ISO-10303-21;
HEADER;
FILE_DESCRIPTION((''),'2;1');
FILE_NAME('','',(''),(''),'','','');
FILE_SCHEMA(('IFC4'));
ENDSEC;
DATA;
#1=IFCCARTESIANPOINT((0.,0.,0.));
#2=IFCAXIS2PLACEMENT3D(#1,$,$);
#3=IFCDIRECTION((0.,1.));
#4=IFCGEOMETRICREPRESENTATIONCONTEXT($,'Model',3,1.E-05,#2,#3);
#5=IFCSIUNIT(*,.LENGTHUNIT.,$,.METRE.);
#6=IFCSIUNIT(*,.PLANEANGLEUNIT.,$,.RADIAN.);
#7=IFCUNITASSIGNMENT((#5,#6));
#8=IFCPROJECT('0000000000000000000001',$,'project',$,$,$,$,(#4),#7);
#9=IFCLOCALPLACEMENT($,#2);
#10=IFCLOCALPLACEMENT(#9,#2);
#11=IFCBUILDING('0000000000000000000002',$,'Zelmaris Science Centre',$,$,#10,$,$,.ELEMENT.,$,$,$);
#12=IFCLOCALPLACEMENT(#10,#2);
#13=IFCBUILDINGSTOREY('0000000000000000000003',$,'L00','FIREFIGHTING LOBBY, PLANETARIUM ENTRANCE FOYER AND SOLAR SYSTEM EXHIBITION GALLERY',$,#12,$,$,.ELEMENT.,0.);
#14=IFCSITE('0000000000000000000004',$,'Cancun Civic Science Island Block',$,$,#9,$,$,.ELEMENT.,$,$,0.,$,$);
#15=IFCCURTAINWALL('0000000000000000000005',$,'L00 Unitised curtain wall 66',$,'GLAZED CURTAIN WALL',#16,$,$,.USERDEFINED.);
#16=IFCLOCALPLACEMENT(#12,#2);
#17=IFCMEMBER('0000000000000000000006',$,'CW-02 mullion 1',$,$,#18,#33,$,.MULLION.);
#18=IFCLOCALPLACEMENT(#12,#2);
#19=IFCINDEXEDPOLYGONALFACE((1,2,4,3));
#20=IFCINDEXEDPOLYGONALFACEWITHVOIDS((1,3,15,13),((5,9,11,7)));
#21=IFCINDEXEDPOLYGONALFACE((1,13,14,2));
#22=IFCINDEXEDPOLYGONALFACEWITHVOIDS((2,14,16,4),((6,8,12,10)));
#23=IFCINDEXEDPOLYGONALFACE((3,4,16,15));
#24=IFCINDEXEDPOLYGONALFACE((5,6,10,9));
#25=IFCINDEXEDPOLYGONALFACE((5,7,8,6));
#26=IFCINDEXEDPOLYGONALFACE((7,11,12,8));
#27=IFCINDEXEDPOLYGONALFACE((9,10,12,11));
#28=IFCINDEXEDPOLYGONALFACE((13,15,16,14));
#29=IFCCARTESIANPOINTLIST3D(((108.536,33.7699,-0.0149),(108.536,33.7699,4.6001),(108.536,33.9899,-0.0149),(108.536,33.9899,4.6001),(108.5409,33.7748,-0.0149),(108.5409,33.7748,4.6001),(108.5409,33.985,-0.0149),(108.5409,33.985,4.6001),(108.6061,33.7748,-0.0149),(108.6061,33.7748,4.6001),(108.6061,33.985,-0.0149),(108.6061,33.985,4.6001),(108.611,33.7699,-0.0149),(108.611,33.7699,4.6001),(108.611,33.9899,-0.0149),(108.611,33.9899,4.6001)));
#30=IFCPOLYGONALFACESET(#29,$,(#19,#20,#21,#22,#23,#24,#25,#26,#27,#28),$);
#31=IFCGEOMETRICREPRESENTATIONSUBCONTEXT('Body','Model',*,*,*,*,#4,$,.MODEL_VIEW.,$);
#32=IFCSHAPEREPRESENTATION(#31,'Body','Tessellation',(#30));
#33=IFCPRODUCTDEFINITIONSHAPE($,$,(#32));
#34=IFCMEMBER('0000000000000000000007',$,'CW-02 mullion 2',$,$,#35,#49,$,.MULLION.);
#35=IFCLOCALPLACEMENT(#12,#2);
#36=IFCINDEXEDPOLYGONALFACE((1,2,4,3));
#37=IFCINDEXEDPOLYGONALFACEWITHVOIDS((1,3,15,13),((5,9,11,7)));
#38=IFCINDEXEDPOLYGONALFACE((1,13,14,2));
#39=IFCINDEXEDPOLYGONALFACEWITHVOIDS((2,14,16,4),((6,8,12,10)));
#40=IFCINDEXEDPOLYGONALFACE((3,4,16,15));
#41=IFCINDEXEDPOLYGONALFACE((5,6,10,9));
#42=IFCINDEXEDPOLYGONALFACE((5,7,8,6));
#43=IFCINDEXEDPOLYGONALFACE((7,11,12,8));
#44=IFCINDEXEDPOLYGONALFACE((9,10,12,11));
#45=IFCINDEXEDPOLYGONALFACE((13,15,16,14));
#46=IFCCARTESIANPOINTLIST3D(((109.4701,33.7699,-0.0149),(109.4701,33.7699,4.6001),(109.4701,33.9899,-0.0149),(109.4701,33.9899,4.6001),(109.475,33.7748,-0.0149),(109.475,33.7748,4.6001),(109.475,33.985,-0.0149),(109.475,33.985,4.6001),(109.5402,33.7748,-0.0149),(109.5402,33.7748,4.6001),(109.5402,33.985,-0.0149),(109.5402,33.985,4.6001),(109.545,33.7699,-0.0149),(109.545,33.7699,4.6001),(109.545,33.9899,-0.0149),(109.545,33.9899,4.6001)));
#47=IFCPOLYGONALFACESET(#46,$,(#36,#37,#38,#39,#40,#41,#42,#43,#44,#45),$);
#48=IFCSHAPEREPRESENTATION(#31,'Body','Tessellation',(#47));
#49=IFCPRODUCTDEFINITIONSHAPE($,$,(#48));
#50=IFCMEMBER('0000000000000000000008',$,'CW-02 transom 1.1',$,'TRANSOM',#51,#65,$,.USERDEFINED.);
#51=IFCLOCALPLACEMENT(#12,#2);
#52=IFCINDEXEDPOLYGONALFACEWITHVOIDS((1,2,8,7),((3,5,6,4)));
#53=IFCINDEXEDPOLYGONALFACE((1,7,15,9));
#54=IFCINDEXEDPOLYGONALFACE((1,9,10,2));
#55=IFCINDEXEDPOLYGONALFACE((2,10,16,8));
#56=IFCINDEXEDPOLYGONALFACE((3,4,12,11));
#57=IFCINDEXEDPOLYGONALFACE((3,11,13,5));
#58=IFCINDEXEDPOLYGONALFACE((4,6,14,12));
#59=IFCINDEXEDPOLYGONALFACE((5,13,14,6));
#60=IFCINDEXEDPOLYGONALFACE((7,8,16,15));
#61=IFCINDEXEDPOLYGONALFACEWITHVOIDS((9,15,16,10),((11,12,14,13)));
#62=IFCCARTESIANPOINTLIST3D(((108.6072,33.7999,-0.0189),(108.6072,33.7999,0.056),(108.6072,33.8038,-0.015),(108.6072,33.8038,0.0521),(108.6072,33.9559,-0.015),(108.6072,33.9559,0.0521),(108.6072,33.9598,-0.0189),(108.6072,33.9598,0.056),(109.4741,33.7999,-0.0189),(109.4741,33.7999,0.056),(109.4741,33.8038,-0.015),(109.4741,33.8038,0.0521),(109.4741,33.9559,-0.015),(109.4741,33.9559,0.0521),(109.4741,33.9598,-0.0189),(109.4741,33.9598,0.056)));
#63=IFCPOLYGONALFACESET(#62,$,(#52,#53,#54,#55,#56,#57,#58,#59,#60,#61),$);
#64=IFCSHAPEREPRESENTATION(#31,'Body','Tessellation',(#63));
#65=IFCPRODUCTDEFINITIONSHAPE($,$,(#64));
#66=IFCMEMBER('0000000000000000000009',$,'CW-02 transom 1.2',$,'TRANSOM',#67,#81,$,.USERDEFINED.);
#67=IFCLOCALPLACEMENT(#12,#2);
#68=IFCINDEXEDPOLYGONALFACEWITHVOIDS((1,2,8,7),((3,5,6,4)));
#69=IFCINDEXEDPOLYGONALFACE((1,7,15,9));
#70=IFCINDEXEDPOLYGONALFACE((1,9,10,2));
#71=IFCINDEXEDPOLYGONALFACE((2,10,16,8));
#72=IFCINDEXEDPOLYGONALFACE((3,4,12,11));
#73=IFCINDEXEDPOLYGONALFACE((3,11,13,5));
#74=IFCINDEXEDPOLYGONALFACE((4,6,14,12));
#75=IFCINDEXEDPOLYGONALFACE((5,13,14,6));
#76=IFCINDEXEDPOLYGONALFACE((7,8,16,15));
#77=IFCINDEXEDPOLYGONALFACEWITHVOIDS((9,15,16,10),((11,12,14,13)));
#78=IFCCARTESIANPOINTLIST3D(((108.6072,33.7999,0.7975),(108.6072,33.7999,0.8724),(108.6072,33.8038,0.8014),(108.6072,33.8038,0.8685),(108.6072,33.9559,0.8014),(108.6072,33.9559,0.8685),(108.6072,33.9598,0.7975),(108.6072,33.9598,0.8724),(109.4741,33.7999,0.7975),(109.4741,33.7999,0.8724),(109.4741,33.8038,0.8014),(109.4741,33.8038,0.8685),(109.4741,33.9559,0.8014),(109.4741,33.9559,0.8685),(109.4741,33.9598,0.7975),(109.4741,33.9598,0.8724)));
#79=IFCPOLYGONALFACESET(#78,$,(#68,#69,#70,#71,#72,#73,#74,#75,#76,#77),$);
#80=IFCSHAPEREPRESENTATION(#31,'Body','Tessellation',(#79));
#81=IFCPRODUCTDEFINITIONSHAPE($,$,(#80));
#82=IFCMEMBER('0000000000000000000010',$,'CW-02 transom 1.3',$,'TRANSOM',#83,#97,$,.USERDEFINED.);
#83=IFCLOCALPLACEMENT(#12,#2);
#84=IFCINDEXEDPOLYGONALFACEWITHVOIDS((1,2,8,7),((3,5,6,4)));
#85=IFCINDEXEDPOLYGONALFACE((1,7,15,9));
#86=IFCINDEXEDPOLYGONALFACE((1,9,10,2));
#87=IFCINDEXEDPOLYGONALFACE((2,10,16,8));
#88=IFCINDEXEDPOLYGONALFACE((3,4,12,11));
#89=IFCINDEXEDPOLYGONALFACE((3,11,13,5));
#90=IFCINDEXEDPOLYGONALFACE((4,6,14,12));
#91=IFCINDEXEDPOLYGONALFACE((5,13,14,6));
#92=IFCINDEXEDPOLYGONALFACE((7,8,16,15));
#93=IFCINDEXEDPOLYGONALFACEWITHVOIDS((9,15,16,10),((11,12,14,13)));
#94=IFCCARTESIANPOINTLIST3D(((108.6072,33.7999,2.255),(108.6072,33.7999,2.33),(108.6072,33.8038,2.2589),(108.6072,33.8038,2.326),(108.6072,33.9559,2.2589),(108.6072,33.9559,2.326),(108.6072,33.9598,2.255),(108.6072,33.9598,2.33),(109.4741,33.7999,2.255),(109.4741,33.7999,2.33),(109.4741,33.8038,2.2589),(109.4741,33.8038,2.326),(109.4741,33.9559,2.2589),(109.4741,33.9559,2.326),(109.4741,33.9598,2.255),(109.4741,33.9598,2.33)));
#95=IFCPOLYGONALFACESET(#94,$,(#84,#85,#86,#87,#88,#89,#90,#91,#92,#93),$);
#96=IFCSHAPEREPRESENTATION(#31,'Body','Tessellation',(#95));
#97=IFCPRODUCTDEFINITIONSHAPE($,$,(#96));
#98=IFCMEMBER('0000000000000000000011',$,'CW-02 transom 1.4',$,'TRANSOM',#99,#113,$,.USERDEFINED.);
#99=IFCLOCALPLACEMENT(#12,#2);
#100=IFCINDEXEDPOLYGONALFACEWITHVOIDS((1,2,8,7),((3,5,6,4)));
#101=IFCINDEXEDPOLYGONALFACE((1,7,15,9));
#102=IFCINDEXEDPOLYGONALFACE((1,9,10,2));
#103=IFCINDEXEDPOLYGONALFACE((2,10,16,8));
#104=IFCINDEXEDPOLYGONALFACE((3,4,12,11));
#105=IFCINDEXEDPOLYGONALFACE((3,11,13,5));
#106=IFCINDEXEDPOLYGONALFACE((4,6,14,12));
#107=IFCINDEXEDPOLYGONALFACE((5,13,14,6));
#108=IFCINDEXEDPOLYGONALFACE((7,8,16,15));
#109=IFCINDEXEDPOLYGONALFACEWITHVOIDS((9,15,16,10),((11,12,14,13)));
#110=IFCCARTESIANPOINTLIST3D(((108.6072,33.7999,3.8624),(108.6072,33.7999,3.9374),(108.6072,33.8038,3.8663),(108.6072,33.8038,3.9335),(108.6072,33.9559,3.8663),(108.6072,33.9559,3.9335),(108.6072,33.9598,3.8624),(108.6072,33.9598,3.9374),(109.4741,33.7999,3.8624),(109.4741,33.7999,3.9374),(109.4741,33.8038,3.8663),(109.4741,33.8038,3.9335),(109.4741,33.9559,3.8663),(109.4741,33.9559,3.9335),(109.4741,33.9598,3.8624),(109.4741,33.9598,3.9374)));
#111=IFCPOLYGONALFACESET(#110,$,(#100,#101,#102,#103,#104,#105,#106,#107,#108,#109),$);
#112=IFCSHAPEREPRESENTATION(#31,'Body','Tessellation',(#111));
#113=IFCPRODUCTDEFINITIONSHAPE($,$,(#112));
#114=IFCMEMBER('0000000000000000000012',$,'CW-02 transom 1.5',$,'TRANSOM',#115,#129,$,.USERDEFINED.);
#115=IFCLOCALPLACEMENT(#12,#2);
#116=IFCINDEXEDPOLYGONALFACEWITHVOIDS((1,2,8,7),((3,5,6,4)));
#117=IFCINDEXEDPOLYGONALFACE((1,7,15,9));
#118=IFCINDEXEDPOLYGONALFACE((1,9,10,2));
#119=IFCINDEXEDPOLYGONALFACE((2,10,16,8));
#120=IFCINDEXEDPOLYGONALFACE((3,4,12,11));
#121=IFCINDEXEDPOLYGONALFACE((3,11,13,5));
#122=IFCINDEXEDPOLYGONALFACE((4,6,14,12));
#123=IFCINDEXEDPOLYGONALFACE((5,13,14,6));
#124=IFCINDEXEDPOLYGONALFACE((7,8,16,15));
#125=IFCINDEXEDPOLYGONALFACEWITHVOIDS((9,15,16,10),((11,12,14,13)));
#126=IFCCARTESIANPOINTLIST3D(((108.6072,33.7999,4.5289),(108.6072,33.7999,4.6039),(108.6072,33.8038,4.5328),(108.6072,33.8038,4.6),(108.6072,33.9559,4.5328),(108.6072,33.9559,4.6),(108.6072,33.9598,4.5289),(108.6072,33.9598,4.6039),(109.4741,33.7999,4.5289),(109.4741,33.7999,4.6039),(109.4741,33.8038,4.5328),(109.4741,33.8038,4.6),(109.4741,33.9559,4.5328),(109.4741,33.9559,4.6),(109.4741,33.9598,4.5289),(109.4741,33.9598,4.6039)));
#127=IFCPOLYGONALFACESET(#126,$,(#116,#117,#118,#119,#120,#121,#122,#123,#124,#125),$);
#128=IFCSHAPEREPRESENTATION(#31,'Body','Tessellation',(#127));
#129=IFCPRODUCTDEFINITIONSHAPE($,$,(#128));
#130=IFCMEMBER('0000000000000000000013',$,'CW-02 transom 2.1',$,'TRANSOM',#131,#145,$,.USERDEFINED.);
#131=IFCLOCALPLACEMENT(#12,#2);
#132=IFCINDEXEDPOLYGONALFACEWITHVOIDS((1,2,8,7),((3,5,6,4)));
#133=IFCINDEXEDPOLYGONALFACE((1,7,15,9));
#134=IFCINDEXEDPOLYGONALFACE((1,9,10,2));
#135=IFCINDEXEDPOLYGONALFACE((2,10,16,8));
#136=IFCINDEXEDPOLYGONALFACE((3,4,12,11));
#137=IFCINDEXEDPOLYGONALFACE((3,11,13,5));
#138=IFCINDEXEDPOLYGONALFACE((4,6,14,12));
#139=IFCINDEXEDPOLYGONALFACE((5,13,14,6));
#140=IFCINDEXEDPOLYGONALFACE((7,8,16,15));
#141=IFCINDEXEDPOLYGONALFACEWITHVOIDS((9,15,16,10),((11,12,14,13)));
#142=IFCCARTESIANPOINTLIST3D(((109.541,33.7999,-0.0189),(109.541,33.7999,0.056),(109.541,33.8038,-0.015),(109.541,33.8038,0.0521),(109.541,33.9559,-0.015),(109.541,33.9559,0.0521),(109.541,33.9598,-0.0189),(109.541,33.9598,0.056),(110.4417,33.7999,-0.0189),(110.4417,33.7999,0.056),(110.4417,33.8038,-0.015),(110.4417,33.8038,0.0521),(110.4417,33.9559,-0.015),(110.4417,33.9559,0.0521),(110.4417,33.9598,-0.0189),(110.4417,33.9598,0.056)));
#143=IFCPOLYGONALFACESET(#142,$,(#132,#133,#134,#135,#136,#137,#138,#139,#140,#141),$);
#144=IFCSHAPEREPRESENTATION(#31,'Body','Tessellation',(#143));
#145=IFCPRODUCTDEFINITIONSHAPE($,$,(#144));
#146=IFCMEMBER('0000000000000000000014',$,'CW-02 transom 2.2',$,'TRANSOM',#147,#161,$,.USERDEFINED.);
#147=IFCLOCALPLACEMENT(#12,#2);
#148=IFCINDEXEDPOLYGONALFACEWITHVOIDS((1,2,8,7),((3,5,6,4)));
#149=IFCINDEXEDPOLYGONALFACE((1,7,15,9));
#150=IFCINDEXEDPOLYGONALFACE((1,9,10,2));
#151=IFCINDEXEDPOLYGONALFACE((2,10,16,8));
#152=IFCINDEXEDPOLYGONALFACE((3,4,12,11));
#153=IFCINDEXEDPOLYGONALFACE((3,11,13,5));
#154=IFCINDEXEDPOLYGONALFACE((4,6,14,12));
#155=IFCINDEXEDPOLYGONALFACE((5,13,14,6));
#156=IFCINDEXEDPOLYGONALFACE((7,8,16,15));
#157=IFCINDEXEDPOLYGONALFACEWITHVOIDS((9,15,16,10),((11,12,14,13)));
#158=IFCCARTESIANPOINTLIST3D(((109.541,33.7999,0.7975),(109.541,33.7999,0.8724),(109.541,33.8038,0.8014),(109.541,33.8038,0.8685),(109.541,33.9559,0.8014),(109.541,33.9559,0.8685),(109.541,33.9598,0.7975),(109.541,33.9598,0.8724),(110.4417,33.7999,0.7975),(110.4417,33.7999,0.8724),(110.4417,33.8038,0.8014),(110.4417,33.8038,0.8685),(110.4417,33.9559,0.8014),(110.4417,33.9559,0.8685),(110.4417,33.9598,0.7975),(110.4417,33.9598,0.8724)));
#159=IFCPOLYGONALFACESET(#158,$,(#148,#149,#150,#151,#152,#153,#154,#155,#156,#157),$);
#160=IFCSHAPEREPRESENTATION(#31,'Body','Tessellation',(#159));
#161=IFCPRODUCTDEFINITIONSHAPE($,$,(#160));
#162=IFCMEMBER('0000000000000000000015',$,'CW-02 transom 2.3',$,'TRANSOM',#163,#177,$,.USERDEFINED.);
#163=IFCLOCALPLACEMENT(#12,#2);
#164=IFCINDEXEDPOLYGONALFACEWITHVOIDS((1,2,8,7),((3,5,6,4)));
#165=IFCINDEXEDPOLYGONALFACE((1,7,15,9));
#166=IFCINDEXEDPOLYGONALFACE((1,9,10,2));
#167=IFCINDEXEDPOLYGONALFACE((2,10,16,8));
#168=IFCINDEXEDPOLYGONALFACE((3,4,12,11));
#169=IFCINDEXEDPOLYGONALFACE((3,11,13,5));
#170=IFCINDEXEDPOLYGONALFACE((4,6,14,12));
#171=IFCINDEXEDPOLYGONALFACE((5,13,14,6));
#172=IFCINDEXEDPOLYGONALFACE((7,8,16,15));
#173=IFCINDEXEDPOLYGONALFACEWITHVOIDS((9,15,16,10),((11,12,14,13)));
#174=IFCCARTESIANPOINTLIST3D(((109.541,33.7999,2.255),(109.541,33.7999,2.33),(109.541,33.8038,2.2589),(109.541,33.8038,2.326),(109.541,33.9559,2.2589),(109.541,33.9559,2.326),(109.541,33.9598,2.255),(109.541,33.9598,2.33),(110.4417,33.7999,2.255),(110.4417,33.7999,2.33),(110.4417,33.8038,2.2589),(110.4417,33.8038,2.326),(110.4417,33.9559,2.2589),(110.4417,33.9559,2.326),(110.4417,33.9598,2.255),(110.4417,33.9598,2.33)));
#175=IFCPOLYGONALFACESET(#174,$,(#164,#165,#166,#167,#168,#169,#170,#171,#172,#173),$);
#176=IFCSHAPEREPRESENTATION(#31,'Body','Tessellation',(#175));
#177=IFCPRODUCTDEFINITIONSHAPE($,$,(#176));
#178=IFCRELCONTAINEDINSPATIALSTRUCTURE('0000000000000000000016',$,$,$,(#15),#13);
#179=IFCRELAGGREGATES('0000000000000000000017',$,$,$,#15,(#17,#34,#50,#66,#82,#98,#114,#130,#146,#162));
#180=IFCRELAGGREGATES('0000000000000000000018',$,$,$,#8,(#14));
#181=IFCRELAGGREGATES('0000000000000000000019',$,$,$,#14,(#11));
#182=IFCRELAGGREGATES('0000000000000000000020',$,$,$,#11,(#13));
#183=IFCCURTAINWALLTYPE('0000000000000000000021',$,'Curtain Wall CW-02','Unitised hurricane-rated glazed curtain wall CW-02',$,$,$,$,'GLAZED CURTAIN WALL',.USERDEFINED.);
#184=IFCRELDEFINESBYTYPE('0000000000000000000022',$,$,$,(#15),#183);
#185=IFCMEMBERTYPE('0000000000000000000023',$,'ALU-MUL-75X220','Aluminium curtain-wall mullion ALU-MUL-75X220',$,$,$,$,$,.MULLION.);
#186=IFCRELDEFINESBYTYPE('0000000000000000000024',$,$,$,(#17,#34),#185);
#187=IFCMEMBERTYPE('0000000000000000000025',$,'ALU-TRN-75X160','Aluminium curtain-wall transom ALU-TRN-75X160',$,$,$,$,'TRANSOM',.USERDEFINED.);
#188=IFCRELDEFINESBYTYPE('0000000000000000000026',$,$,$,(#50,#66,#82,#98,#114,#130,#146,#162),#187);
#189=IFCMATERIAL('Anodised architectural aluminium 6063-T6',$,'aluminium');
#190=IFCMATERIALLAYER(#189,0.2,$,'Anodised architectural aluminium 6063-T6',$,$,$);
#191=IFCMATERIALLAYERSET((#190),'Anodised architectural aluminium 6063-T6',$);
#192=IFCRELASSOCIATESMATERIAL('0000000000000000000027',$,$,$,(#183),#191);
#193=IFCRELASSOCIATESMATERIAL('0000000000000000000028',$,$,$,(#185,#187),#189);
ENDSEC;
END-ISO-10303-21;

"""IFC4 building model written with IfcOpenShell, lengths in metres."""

from ifc_helpers import new_model, si_unit, direction, frame, origin, origin_2d, place, context, subcontext, project, spatial, hollow_rectangle, extrude, material, layer, layer_set, material_profile, profile_set, type_object, element, aggregate, save


model = new_model("IFC4")

# Units and contexts
model_context = context("Model", 3, precision=1e-05, world=origin(), true_north=direction((0.0, 1.0)))
body_context = subcontext(model_context, "Body", "Model", "MODEL_VIEW")
ifc_project = project(units=[si_unit("LENGTHUNIT", "METRE"), si_unit("PLANEANGLEUNIT", "RADIAN")], contexts=[model_context])

# Site, building, storey
site_placement = place(None, origin())
site = spatial("IfcSite", under=ifc_project, at=site_placement, Name="Cancun Civic Science Island Block", CompositionType="ELEMENT", RefElevation=0.0)
building_placement = place(site_placement, origin())
building = spatial("IfcBuilding", under=site, at=building_placement, Name="Zelmaris Science Centre", CompositionType="ELEMENT")
storey_placement = place(building_placement, origin())
storey = spatial("IfcBuildingStorey", under=building, at=storey_placement, Name="L00", Description="FIREFIGHTING LOBBY, PLANETARIUM ENTRANCE FOYER AND SOLAR SYSTEM EXHIBITION GALLERY", CompositionType="ELEMENT", Elevation=0.0)

# Curtain wall, members
ifc_material_1 = material(Name="Anodised architectural aluminium 6063-T6", Category="aluminium")
ifc_layer_1 = layer(ifc_material_1, 0.2, Name="Anodised architectural aluminium 6063-T6")
ifc_layer_set_1 = layer_set([ifc_layer_1], Name="Anodised architectural aluminium 6063-T6")
curtain_wall_type = type_object("IfcCurtainWallType", Name="Curtain Wall CW-02", Description="Unitised hurricane-rated glazed curtain wall CW-02", ElementType="GLAZED CURTAIN WALL", PredefinedType="USERDEFINED", material=ifc_layer_set_1)
curtain_wall_placement = place(storey_placement, origin())
curtain_wall = element("IfcCurtainWall", 1, at=curtain_wall_placement, inside=storey, type_object=curtain_wall_type, Name="L00 Unitised curtain wall 66", ObjectType="GLAZED CURTAIN WALL", PredefinedType="USERDEFINED")
ifc_material_profile_1 = material_profile(ifc_material_1, hollow_rectangle(XDim=0.075, YDim=0.22, WallThickness=0.0049, at=origin_2d()), Name="ALU-MUL-75X220")
ifc_profile_set_1 = profile_set([ifc_material_profile_1], Name="Anodised architectural aluminium 6063-T6")
member_type_1 = type_object("IfcMemberType", Name="ALU-MUL-75X220", Description="Aluminium curtain-wall mullion ALU-MUL-75X220", PredefinedType="MULLION", material=ifc_profile_set_1)
member_1_placement = place(storey_placement, frame((108.5735, 33.8799, -0.0149), z_axis=(0.0, 0.0, 1.0), x_axis=(1.0, 0.000007, 0.0)))
member_1 = element("IfcMember", 2, at=member_1_placement, type_object=member_type_1, Name="CW-02 mullion 1", PredefinedType="MULLION", context=body_context, shape_type="SweptSolid", body=[
    extrude(hollow_rectangle(XDim=0.075, YDim=0.22, WallThickness=0.0049, at=origin_2d()), origin(), (0.0, 0.0, 1.0), 4.615),
])
member_2_placement = place(storey_placement, frame((109.5076, 33.8799, -0.0149), z_axis=(0.0, 0.0, 1.0), x_axis=(1.0, 0.000007, 0.0)))
member_2 = element("IfcMember", 3, at=member_2_placement, type_object=member_type_1, Name="CW-02 mullion 2", PredefinedType="MULLION", context=body_context, shape_type="SweptSolid", body=[
    extrude(hollow_rectangle(XDim=0.075, YDim=0.22, WallThickness=0.0049, at=origin_2d()), origin(), (0.0, 0.0, 1.0), 4.615),
])
ifc_material_profile_2 = material_profile(ifc_material_1, hollow_rectangle(XDim=0.075, YDim=0.1599, WallThickness=0.0039, at=origin_2d()), Name="ALU-TRN-75X160")
ifc_profile_set_2 = profile_set([ifc_material_profile_2], Name="Anodised architectural aluminium 6063-T6")
member_type_2 = type_object("IfcMemberType", Name="ALU-TRN-75X160", Description="Aluminium curtain-wall transom ALU-TRN-75X160", ElementType="TRANSOM", PredefinedType="USERDEFINED", material=ifc_profile_set_2)
member_3_placement = place(storey_placement, frame((108.6072, 33.8799, 0.0186), z_axis=(1.0, 0.0, 0.0), x_axis=(0.0, 0.0, 1.0)))
member_3 = element("IfcMember", 4, at=member_3_placement, type_object=member_type_2, Name="CW-02 transom 1.1", ObjectType="TRANSOM", PredefinedType="USERDEFINED", context=body_context, shape_type="SweptSolid", body=[
    extrude(hollow_rectangle(XDim=0.075, YDim=0.1599, WallThickness=0.0039, at=origin_2d()), origin(), (0.0, 0.0, 1.0), 0.8669),
])
member_4_placement = place(storey_placement, frame((108.6072, 33.8799, 0.835), z_axis=(1.0, 0.0, 0.0), x_axis=(0.0, 0.0, 1.0)))
member_4 = element("IfcMember", 5, at=member_4_placement, type_object=member_type_2, Name="CW-02 transom 1.2", ObjectType="TRANSOM", PredefinedType="USERDEFINED", context=body_context, shape_type="SweptSolid", body=[
    extrude(hollow_rectangle(XDim=0.075, YDim=0.1599, WallThickness=0.0039, at=origin_2d()), origin(), (0.0, 0.0, 1.0), 0.8669),
])
member_5_placement = place(storey_placement, frame((108.6072, 33.8799, 2.2925), z_axis=(1.0, 0.0, 0.0), x_axis=(0.0, 0.0, 1.0)))
member_5 = element("IfcMember", 6, at=member_5_placement, type_object=member_type_2, Name="CW-02 transom 1.3", ObjectType="TRANSOM", PredefinedType="USERDEFINED", context=body_context, shape_type="SweptSolid", body=[
    extrude(hollow_rectangle(XDim=0.075, YDim=0.1599, WallThickness=0.0039, at=origin_2d()), origin(), (0.0, 0.0, 1.0), 0.8669),
])
member_6_placement = place(storey_placement, frame((108.6072, 33.8799, 3.8999), z_axis=(1.0, 0.0, 0.0), x_axis=(0.0, 0.0, 1.0)))
member_6 = element("IfcMember", 7, at=member_6_placement, type_object=member_type_2, Name="CW-02 transom 1.4", ObjectType="TRANSOM", PredefinedType="USERDEFINED", context=body_context, shape_type="SweptSolid", body=[
    extrude(hollow_rectangle(XDim=0.075, YDim=0.1599, WallThickness=0.0039, at=origin_2d()), origin(), (0.0, 0.0, 1.0), 0.8669),
])
member_7_placement = place(storey_placement, frame((108.6072, 33.8799, 4.5664), z_axis=(1.0, 0.0, 0.0), x_axis=(0.0, 0.0, 1.0)))
member_7 = element("IfcMember", 8, at=member_7_placement, type_object=member_type_2, Name="CW-02 transom 1.5", ObjectType="TRANSOM", PredefinedType="USERDEFINED", context=body_context, shape_type="SweptSolid", body=[
    extrude(hollow_rectangle(XDim=0.075, YDim=0.1599, WallThickness=0.0039, at=origin_2d()), origin(), (0.0, 0.0, 1.0), 0.8669),
])
member_8_placement = place(storey_placement, frame((109.541, 33.8799, 0.0186), z_axis=(1.0, 0.0, 0.0), x_axis=(0.0, 0.0, 1.0)))
member_8 = element("IfcMember", 9, at=member_8_placement, type_object=member_type_2, Name="CW-02 transom 2.1", ObjectType="TRANSOM", PredefinedType="USERDEFINED", context=body_context, shape_type="SweptSolid", body=[
    extrude(hollow_rectangle(XDim=0.075, YDim=0.1599, WallThickness=0.0039, at=origin_2d()), origin(), (0.0, 0.0, 1.0), 0.9006),
])
member_9_placement = place(storey_placement, frame((109.541, 33.8799, 0.835), z_axis=(1.0, 0.0, 0.0), x_axis=(0.0, 0.0, 1.0)))
member_9 = element("IfcMember", 10, at=member_9_placement, type_object=member_type_2, Name="CW-02 transom 2.2", ObjectType="TRANSOM", PredefinedType="USERDEFINED", context=body_context, shape_type="SweptSolid", body=[
    extrude(hollow_rectangle(XDim=0.075, YDim=0.1599, WallThickness=0.0039, at=origin_2d()), origin(), (0.0, 0.0, 1.0), 0.9006),
])
member_10_placement = place(storey_placement, frame((109.541, 33.8799, 2.2925), z_axis=(1.0, 0.0, 0.0), x_axis=(0.0, 0.0, 1.0)))
member_10 = element("IfcMember", 11, at=member_10_placement, type_object=member_type_2, Name="CW-02 transom 2.3", ObjectType="TRANSOM", PredefinedType="USERDEFINED", context=body_context, shape_type="SweptSolid", body=[
    extrude(hollow_rectangle(XDim=0.075, YDim=0.1599, WallThickness=0.0039, at=origin_2d()), origin(), (0.0, 0.0, 1.0), 0.9006),
])

aggregate(curtain_wall, [member_1, member_2, member_3, member_4, member_5, member_6, member_7, member_8, member_9, member_10])

save(model, "model.ifc")
